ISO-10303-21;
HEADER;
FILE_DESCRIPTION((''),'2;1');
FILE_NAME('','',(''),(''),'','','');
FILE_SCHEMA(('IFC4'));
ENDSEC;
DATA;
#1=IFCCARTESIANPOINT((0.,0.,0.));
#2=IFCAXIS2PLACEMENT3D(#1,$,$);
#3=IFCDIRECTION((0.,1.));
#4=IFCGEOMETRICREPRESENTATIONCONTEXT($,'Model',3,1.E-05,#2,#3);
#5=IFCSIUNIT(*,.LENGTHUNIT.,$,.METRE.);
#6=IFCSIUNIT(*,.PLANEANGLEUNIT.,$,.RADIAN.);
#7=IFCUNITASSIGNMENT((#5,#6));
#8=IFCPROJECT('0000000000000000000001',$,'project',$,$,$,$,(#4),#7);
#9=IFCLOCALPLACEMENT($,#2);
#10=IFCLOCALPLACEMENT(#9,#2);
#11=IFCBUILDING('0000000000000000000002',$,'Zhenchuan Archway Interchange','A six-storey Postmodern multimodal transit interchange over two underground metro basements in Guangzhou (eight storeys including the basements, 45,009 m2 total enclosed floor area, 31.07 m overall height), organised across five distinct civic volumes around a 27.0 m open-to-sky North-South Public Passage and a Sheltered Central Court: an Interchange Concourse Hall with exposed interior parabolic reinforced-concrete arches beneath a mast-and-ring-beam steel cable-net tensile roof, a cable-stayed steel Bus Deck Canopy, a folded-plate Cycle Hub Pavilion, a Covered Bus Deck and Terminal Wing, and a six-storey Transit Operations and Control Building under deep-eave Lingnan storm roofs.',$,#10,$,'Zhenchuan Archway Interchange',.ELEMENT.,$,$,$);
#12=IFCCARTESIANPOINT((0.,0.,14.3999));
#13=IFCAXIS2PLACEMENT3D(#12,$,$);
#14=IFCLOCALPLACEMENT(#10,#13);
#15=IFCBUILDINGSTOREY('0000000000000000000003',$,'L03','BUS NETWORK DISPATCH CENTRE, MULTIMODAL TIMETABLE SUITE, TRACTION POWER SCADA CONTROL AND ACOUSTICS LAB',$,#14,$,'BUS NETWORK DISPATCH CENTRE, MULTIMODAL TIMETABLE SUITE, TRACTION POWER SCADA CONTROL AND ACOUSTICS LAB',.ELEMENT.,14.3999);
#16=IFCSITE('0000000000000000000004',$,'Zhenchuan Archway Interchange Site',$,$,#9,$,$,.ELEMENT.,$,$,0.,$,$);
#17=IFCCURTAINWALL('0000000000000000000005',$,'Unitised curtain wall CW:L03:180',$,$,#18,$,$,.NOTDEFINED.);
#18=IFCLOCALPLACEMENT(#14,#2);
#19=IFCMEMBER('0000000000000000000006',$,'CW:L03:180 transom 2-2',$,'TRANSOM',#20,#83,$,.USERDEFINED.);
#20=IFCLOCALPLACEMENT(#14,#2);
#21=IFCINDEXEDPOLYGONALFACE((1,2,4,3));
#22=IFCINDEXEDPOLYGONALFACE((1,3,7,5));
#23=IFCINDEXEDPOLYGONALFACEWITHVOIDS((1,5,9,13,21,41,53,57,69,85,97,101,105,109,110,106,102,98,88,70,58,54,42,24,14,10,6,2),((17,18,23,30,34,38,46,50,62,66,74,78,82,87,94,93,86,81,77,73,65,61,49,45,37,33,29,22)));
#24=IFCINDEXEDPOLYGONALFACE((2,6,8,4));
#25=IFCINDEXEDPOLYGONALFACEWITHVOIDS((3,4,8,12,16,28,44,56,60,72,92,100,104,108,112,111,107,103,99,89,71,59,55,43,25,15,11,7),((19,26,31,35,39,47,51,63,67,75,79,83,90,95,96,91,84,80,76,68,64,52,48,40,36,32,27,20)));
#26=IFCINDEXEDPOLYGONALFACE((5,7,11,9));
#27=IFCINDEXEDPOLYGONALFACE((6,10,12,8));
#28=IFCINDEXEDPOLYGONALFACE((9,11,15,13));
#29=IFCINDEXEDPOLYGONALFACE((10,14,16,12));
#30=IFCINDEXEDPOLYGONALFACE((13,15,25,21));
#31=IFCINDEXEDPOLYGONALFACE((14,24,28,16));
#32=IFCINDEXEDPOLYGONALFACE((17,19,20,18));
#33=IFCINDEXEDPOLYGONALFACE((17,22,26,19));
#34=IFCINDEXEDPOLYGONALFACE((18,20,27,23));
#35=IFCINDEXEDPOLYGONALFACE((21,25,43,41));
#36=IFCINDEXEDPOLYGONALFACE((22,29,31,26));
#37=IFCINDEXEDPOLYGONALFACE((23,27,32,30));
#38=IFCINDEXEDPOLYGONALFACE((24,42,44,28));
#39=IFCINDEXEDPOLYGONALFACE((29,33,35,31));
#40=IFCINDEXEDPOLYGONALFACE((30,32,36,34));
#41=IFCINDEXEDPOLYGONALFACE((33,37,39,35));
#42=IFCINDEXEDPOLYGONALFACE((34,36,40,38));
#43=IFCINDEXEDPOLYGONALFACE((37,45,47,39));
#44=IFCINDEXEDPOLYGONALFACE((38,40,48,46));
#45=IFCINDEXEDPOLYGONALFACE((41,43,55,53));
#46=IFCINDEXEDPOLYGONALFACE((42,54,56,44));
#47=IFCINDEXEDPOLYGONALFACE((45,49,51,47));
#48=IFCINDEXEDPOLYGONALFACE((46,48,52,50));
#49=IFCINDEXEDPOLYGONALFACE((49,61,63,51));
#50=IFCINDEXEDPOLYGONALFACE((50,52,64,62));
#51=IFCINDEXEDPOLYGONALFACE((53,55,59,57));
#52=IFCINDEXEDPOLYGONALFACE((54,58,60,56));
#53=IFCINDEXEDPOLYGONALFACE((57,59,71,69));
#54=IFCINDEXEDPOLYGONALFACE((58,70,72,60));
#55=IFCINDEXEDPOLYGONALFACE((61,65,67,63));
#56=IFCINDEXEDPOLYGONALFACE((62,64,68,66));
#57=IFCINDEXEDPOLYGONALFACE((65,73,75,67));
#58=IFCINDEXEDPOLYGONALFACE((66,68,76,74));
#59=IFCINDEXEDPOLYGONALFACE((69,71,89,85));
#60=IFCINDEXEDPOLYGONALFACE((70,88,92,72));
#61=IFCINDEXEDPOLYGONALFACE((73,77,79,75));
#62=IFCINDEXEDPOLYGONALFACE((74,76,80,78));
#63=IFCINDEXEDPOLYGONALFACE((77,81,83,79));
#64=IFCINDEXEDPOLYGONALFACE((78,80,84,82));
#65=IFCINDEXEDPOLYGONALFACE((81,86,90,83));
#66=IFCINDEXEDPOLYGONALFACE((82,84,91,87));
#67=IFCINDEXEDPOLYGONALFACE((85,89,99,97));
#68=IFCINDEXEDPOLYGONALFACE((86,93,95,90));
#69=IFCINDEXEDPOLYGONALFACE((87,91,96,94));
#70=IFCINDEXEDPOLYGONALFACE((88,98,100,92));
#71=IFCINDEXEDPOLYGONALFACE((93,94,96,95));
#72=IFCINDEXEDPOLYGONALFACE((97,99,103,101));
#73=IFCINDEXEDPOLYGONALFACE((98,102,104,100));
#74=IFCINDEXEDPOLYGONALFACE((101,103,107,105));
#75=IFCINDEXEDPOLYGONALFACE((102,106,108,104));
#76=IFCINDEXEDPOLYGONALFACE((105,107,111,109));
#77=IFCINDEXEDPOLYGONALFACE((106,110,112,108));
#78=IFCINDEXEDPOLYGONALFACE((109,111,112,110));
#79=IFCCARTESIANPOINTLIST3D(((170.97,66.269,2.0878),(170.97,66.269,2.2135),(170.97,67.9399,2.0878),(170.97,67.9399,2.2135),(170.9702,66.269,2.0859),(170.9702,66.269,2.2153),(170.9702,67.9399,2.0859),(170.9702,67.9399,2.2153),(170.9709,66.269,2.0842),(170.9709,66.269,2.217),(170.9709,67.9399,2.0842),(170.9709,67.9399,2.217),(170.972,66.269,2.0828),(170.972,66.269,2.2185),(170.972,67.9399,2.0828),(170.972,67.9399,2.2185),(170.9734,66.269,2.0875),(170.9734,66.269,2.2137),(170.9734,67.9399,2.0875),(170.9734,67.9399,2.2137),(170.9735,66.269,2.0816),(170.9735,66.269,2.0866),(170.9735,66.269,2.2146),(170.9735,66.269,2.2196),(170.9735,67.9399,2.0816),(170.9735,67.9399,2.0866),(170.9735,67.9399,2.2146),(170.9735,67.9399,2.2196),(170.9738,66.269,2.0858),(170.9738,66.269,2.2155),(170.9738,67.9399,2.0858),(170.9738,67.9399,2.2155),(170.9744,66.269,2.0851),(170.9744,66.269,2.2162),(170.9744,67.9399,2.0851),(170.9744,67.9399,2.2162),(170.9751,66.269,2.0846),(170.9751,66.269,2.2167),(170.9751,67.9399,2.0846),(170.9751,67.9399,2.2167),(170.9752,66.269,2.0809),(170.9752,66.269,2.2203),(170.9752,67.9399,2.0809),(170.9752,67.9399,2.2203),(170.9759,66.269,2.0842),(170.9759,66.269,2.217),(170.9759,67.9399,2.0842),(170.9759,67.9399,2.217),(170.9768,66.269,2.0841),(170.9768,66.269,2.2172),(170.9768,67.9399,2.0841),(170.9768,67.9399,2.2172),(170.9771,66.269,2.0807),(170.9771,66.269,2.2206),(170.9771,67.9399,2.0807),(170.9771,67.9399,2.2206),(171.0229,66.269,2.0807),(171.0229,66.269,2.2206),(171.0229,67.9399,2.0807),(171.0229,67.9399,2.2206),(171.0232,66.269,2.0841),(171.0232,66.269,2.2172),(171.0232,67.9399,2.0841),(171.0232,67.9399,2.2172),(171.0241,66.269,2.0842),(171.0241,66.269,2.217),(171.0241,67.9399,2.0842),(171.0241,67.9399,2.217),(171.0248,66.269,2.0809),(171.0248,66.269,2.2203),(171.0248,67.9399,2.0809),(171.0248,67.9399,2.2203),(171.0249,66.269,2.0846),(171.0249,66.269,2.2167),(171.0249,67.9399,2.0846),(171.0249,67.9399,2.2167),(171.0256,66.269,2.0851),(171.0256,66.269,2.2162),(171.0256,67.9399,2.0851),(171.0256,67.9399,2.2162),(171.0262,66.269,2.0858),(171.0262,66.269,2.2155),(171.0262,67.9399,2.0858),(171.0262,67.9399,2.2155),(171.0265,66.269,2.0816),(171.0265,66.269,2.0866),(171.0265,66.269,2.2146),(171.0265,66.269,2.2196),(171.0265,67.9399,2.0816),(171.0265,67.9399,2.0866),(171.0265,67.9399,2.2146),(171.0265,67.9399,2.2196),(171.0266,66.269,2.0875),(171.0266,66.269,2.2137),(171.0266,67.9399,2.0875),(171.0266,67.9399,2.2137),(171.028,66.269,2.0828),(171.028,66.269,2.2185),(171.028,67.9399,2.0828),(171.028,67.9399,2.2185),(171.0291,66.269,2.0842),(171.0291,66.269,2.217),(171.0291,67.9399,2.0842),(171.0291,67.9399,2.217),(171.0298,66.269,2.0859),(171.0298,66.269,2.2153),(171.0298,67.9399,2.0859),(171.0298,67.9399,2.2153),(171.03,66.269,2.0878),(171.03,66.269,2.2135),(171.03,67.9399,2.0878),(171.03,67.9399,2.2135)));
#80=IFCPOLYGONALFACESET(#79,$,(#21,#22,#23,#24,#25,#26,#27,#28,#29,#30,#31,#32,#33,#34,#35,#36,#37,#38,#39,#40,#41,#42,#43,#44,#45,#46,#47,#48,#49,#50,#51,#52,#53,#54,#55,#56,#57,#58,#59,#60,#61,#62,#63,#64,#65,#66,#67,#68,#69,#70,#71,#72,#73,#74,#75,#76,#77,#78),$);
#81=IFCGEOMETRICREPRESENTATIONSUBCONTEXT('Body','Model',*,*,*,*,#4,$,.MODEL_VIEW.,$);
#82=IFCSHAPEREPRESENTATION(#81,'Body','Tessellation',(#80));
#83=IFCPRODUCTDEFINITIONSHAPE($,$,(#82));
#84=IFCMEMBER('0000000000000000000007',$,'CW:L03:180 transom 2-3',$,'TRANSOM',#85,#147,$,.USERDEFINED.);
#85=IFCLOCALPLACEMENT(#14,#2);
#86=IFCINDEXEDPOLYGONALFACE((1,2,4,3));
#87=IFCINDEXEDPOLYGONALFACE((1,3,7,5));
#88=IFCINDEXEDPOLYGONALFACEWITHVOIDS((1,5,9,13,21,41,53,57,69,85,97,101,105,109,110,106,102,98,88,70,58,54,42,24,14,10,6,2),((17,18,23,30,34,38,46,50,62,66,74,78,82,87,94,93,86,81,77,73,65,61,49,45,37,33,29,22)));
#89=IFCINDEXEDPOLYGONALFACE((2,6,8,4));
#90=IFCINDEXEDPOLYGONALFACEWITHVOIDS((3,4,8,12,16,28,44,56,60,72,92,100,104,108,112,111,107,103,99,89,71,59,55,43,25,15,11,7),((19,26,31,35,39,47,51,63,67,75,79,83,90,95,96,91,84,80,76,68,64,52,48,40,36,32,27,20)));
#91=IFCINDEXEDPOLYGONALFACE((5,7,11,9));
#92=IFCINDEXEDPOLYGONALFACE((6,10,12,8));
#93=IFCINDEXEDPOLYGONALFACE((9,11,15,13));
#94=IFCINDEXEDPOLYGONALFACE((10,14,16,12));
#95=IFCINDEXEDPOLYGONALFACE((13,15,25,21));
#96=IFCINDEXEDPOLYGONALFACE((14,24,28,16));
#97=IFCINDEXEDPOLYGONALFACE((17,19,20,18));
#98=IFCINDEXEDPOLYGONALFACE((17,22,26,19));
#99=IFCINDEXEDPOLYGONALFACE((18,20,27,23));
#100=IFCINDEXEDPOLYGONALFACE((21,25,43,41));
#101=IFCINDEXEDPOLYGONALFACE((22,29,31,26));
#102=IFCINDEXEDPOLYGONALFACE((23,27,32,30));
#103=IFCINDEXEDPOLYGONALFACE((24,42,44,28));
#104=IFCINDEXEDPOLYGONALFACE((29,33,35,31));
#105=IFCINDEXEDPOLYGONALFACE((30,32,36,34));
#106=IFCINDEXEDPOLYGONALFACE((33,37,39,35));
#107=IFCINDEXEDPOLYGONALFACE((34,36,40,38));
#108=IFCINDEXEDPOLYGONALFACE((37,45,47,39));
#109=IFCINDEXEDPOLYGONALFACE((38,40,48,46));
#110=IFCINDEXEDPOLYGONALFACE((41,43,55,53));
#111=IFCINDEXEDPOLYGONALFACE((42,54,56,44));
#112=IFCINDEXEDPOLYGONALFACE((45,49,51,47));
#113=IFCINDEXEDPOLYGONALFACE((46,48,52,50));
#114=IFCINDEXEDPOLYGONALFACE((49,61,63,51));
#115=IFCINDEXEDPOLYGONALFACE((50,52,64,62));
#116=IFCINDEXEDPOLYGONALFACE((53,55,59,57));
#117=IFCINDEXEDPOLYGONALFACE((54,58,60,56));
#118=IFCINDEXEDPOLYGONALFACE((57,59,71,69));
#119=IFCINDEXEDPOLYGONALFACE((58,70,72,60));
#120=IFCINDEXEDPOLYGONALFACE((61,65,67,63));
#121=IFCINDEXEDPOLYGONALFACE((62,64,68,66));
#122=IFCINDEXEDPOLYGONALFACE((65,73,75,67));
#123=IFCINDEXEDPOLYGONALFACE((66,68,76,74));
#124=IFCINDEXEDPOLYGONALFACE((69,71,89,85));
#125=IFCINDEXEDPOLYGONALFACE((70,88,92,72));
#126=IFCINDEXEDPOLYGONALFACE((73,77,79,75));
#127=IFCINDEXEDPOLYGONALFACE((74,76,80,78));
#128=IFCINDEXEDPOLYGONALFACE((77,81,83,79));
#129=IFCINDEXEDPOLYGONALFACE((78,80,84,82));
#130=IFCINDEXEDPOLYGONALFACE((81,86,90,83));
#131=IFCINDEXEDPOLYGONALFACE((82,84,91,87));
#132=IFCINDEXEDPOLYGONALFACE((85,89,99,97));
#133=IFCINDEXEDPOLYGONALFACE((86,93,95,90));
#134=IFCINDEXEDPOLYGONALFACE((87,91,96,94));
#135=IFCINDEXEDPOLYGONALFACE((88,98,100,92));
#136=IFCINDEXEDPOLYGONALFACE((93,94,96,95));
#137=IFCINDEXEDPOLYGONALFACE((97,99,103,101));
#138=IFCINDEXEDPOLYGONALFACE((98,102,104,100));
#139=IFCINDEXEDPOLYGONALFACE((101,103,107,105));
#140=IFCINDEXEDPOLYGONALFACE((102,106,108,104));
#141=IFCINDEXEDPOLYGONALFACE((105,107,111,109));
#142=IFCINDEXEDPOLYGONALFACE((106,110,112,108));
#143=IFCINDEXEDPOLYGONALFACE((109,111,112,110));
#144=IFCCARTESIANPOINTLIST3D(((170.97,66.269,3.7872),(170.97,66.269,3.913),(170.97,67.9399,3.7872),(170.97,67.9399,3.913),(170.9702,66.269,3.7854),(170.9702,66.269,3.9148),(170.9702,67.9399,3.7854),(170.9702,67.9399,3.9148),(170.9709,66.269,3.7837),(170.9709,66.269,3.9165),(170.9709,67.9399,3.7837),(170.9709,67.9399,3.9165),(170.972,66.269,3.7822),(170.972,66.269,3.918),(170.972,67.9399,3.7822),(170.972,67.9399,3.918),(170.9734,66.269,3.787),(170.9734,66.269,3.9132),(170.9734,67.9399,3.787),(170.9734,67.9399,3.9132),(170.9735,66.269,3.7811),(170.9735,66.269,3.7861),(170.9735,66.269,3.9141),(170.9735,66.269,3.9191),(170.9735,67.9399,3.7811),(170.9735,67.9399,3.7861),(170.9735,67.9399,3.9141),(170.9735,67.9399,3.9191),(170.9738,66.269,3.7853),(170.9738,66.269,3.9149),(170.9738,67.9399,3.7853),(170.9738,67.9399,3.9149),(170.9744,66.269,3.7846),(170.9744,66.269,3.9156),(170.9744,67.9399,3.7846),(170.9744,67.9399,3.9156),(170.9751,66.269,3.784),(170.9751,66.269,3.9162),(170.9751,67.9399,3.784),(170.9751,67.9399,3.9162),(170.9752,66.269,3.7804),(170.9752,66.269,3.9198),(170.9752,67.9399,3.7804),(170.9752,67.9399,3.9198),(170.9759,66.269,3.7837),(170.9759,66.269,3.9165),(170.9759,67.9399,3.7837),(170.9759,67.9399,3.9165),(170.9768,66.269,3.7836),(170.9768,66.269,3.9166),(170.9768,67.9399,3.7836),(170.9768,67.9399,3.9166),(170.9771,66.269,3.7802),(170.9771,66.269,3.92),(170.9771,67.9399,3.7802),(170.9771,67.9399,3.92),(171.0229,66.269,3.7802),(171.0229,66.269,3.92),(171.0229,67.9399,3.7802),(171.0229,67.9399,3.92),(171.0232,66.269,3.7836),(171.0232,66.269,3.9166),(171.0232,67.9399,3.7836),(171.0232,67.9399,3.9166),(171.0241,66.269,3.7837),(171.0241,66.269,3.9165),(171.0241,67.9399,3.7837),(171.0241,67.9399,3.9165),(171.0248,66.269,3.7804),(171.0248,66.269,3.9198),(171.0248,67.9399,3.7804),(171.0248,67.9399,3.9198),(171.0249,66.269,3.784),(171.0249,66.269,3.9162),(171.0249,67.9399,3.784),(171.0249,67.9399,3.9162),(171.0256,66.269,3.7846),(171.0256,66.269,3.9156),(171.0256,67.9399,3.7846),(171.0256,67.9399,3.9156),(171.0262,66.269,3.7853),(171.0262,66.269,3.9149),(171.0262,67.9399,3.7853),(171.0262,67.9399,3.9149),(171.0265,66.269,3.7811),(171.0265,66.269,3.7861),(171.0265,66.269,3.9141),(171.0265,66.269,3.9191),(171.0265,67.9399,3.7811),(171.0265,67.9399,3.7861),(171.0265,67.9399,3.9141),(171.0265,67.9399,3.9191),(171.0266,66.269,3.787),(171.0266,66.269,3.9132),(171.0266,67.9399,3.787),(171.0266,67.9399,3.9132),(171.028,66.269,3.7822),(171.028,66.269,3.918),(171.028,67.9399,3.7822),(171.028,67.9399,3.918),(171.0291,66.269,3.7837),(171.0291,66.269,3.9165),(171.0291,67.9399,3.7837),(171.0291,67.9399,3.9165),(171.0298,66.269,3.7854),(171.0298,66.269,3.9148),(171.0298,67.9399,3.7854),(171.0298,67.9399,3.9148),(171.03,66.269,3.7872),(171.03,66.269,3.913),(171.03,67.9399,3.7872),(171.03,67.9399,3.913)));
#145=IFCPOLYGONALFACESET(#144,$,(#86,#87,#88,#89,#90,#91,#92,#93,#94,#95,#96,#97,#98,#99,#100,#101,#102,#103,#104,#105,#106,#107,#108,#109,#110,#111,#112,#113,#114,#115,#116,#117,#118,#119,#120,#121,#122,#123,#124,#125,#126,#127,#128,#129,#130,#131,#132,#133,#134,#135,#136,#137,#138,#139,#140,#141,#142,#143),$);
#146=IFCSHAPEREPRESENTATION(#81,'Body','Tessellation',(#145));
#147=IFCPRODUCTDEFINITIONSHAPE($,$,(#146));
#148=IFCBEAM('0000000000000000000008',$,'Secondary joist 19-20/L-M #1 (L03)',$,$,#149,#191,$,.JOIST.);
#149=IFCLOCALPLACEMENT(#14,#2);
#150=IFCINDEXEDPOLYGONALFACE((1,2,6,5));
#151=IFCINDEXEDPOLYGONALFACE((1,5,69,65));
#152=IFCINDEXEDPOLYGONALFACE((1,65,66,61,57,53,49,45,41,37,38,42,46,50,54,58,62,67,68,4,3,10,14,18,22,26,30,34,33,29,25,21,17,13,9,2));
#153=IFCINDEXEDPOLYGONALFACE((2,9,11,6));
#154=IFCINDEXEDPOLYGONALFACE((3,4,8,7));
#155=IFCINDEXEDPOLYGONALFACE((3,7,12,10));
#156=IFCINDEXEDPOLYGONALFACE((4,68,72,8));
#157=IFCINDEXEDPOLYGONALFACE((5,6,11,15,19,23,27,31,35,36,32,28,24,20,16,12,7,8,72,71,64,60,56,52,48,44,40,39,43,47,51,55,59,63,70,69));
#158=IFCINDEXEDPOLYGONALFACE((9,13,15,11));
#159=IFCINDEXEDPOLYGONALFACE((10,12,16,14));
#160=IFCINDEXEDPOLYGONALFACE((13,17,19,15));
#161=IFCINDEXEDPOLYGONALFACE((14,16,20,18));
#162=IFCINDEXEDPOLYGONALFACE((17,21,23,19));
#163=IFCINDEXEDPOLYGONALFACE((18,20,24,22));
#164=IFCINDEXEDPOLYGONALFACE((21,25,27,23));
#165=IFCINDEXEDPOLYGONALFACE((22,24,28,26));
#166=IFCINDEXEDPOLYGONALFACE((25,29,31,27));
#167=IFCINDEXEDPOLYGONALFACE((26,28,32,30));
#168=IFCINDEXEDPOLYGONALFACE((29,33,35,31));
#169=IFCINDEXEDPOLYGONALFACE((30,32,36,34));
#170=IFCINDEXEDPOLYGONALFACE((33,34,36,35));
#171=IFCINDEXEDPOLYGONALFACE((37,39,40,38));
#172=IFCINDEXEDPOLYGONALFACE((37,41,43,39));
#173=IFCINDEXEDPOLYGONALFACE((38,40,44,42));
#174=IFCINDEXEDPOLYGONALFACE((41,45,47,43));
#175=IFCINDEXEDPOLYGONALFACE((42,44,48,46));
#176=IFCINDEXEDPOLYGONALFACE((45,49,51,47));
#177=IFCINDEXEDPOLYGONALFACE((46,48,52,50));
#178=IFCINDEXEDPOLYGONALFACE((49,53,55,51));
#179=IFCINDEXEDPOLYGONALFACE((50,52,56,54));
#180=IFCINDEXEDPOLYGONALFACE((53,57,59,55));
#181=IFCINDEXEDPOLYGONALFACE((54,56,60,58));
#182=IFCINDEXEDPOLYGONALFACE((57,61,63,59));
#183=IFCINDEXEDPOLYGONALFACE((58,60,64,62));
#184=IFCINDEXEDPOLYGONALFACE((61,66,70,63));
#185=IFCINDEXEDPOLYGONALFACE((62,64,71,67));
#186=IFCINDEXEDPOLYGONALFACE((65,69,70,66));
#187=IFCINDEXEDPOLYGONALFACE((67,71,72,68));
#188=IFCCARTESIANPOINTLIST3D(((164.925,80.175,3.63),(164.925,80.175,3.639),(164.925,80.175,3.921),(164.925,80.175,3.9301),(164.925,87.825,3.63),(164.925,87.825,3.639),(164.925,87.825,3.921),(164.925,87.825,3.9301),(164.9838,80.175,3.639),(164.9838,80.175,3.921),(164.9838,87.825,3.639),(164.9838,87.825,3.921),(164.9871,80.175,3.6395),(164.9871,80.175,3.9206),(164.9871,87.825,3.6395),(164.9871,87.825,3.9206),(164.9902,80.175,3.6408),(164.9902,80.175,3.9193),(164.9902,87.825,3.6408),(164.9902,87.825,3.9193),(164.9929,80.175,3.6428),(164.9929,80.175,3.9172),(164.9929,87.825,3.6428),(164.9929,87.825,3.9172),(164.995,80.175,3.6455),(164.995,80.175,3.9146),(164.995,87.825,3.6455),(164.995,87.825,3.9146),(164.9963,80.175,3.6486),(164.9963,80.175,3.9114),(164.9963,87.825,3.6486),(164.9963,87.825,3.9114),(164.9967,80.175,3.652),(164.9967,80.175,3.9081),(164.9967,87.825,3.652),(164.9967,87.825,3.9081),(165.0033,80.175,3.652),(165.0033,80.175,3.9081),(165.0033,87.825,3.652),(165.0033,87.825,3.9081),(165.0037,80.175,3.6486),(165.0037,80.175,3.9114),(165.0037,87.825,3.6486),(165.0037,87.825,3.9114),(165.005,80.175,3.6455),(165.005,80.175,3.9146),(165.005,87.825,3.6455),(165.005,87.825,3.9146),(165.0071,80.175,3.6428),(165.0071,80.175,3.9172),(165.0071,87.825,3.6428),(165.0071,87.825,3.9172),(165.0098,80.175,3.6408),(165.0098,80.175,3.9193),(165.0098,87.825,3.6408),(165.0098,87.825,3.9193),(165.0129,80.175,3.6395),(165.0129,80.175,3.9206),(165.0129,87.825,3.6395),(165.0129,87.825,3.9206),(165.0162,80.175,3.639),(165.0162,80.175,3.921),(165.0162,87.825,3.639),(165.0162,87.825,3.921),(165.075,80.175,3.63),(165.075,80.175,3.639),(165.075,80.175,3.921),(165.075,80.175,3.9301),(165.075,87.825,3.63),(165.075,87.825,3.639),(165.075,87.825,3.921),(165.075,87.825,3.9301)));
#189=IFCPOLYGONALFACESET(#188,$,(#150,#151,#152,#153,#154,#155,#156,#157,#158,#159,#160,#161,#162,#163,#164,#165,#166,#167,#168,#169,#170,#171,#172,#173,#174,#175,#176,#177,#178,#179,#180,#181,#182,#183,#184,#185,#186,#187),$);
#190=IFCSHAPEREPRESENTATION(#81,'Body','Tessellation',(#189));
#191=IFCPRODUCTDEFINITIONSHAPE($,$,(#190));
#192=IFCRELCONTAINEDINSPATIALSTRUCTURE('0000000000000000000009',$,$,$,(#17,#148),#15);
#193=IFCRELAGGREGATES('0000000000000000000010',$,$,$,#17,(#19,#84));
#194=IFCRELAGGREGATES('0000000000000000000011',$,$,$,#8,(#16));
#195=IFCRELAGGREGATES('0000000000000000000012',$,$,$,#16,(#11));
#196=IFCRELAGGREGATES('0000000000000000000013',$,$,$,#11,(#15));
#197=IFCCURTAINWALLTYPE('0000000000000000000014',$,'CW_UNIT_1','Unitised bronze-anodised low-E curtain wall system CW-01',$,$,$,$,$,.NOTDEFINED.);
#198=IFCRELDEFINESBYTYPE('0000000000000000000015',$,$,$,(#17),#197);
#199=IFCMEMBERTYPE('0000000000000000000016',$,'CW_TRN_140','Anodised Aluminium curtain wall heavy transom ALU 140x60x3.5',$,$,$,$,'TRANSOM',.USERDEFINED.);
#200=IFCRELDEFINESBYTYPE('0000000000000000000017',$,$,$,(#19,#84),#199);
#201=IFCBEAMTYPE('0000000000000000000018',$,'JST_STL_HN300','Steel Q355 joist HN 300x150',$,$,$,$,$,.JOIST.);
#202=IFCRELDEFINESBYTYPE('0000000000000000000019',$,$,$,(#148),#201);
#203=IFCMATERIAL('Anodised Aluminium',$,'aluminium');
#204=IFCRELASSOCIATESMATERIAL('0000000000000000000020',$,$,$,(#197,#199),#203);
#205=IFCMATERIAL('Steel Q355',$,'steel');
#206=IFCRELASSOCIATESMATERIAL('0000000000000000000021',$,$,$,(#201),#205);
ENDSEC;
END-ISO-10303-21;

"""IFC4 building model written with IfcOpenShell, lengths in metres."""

from ifc_helpers import new_model, si_unit, direction, frame, origin, origin_2d, place, context, subcontext, project, spatial, hollow_rectangle, i_section, extrude, material, material_profile, profile_set, type_object, element, aggregate, save


model = new_model("IFC4")

# Units and contexts
model_context = context("Model", 3, precision=1e-05, world=origin(), true_north=direction((0.0, 1.0)))
body_context = subcontext(model_context, "Body", "Model", "MODEL_VIEW")
ifc_project = project(units=[si_unit("LENGTHUNIT", "METRE"), si_unit("PLANEANGLEUNIT", "RADIAN")], contexts=[model_context])

# Site, building, storey
site_placement = place(None, origin())
site = spatial("IfcSite", under=ifc_project, at=site_placement, Name="Zhenchuan Archway Interchange Site", CompositionType="ELEMENT", RefElevation=0.0)
building_placement = place(site_placement, origin())
building = spatial("IfcBuilding", under=site, at=building_placement, Name="Zhenchuan Archway Interchange", Description="A six-storey Postmodern multimodal transit interchange over two underground metro basements in Guangzhou (eight storeys including the basements, 45,009 m2 total enclosed floor area, 31.07 m overall height), organised across five distinct civic volumes around a 27.0 m open-to-sky North-South Public Passage and a Sheltered Central Court: an Interchange Concourse Hall with exposed interior parabolic reinforced-concrete arches beneath a mast-and-ring-beam steel cable-net tensile roof, a cable-stayed steel Bus Deck Canopy, a folded-plate Cycle Hub Pavilion, a Covered Bus Deck and Terminal Wing, and a six-storey Transit Operations and Control Building under deep-eave Lingnan storm roofs.", LongName="Zhenchuan Archway Interchange", CompositionType="ELEMENT")
storey_placement = place(building_placement, frame((0.0, 0.0, 14.3999)))
storey = spatial("IfcBuildingStorey", under=building, at=storey_placement, Name="L03", Description="BUS NETWORK DISPATCH CENTRE, MULTIMODAL TIMETABLE SUITE, TRACTION POWER SCADA CONTROL AND ACOUSTICS LAB", LongName="BUS NETWORK DISPATCH CENTRE, MULTIMODAL TIMETABLE SUITE, TRACTION POWER SCADA CONTROL AND ACOUSTICS LAB", CompositionType="ELEMENT", Elevation=14.3999)

# Curtain wall, members
ifc_material_1 = material(Name="Anodised Aluminium", Category="aluminium")
curtain_wall_type_1 = type_object("IfcCurtainWallType", Name="CW_UNIT_1", Description="Unitised bronze-anodised low-E curtain wall system CW-01", PredefinedType="NOTDEFINED", material=ifc_material_1)
curtain_wall_1_placement = place(storey_placement, origin())
curtain_wall_1 = element("IfcCurtainWall", 1, at=curtain_wall_1_placement, inside=storey, type_object=curtain_wall_type_1, Name="Unitised curtain wall CW:L03:180", PredefinedType="NOTDEFINED")
ifc_material_profile_1 = material_profile(ifc_material_1, hollow_rectangle(XDim=0.0601, YDim=0.1399, WallThickness=0.0034, InnerFilletRadius=0.0034, OuterFilletRadius=0.0071, at=origin_2d()), Name="ALU 140x60x3.5")
ifc_profile_set_1 = profile_set([ifc_material_profile_1], Name="Anodised Aluminium")
member_type_1 = type_object("IfcMemberType", Name="CW_TRN_140", Description="Anodised Aluminium curtain wall heavy transom ALU 140x60x3.5", ElementType="TRANSOM", PredefinedType="USERDEFINED", material=ifc_profile_set_1)
member_1_placement = place(storey_placement, frame((171.0, 67.9399, 2.1506), z_axis=(0.0, -1.0, 0.0), x_axis=(1.0, 0.0, 0.0)))
member_1 = element("IfcMember", 2, at=member_1_placement, type_object=member_type_1, Name="CW:L03:180 transom 2-2", ObjectType="TRANSOM", PredefinedType="USERDEFINED", context=body_context, shape_type="SweptSolid", body=[
    extrude(hollow_rectangle(XDim=0.0601, YDim=0.1399, WallThickness=0.0034, InnerFilletRadius=0.0034, OuterFilletRadius=0.0071, at=origin_2d()), origin(), (0.0, 0.0, 1.0), 1.6709),
])
member_2_placement = place(storey_placement, frame((171.0, 67.9399, 3.8501), z_axis=(0.0, -1.0, 0.0), x_axis=(1.0, 0.0, 0.0)))
member_2 = element("IfcMember", 3, at=member_2_placement, type_object=member_type_1, Name="CW:L03:180 transom 2-3", ObjectType="TRANSOM", PredefinedType="USERDEFINED", context=body_context, shape_type="SweptSolid", body=[
    extrude(hollow_rectangle(XDim=0.0601, YDim=0.1399, WallThickness=0.0034, InnerFilletRadius=0.0034, OuterFilletRadius=0.0071, at=origin_2d()), origin(), (0.0, 0.0, 1.0), 1.6709),
])

# Beam
ifc_material_2 = material(Name="Steel Q355", Category="steel")
ifc_material_profile_2 = material_profile(ifc_material_2, i_section(OverallWidth=0.1499, OverallDepth=0.3, WebThickness=0.0066, FlangeThickness=0.009, FilletRadius=0.0129, at=origin_2d()), Name="HN 300x150")
ifc_profile_set_2 = profile_set([ifc_material_profile_2], Name="Steel Q355")
beam_type_1 = type_object("IfcBeamType", Name="JST_STL_HN300", Description="Steel Q355 joist HN 300x150", PredefinedType="JOIST", material=ifc_profile_set_2)
for number, where, z_axis, x_axis, name in (
    (4, (165.0, 80.175, 3.78), (0.0, 1.0, 0.0), (-1.0, 0.0, 0.0), "Secondary joist 19-20/L-M #1 (L03)"),
):
    element("IfcBeam", number, at=place(storey_placement, frame(where, z_axis=z_axis, x_axis=x_axis)), inside=storey, type_object=beam_type_1, Name=name, PredefinedType="JOIST", context=body_context, shape_type="SweptSolid", body=[
        extrude(i_section(OverallWidth=0.1499, OverallDepth=0.3, WebThickness=0.0066, FlangeThickness=0.009, FilletRadius=0.0129, at=origin_2d()), origin(), (0.0, 0.0, 1.0), 7.6499),
    ])

aggregate(curtain_wall_1, [member_1, member_2])

save(model, "model.ifc")
